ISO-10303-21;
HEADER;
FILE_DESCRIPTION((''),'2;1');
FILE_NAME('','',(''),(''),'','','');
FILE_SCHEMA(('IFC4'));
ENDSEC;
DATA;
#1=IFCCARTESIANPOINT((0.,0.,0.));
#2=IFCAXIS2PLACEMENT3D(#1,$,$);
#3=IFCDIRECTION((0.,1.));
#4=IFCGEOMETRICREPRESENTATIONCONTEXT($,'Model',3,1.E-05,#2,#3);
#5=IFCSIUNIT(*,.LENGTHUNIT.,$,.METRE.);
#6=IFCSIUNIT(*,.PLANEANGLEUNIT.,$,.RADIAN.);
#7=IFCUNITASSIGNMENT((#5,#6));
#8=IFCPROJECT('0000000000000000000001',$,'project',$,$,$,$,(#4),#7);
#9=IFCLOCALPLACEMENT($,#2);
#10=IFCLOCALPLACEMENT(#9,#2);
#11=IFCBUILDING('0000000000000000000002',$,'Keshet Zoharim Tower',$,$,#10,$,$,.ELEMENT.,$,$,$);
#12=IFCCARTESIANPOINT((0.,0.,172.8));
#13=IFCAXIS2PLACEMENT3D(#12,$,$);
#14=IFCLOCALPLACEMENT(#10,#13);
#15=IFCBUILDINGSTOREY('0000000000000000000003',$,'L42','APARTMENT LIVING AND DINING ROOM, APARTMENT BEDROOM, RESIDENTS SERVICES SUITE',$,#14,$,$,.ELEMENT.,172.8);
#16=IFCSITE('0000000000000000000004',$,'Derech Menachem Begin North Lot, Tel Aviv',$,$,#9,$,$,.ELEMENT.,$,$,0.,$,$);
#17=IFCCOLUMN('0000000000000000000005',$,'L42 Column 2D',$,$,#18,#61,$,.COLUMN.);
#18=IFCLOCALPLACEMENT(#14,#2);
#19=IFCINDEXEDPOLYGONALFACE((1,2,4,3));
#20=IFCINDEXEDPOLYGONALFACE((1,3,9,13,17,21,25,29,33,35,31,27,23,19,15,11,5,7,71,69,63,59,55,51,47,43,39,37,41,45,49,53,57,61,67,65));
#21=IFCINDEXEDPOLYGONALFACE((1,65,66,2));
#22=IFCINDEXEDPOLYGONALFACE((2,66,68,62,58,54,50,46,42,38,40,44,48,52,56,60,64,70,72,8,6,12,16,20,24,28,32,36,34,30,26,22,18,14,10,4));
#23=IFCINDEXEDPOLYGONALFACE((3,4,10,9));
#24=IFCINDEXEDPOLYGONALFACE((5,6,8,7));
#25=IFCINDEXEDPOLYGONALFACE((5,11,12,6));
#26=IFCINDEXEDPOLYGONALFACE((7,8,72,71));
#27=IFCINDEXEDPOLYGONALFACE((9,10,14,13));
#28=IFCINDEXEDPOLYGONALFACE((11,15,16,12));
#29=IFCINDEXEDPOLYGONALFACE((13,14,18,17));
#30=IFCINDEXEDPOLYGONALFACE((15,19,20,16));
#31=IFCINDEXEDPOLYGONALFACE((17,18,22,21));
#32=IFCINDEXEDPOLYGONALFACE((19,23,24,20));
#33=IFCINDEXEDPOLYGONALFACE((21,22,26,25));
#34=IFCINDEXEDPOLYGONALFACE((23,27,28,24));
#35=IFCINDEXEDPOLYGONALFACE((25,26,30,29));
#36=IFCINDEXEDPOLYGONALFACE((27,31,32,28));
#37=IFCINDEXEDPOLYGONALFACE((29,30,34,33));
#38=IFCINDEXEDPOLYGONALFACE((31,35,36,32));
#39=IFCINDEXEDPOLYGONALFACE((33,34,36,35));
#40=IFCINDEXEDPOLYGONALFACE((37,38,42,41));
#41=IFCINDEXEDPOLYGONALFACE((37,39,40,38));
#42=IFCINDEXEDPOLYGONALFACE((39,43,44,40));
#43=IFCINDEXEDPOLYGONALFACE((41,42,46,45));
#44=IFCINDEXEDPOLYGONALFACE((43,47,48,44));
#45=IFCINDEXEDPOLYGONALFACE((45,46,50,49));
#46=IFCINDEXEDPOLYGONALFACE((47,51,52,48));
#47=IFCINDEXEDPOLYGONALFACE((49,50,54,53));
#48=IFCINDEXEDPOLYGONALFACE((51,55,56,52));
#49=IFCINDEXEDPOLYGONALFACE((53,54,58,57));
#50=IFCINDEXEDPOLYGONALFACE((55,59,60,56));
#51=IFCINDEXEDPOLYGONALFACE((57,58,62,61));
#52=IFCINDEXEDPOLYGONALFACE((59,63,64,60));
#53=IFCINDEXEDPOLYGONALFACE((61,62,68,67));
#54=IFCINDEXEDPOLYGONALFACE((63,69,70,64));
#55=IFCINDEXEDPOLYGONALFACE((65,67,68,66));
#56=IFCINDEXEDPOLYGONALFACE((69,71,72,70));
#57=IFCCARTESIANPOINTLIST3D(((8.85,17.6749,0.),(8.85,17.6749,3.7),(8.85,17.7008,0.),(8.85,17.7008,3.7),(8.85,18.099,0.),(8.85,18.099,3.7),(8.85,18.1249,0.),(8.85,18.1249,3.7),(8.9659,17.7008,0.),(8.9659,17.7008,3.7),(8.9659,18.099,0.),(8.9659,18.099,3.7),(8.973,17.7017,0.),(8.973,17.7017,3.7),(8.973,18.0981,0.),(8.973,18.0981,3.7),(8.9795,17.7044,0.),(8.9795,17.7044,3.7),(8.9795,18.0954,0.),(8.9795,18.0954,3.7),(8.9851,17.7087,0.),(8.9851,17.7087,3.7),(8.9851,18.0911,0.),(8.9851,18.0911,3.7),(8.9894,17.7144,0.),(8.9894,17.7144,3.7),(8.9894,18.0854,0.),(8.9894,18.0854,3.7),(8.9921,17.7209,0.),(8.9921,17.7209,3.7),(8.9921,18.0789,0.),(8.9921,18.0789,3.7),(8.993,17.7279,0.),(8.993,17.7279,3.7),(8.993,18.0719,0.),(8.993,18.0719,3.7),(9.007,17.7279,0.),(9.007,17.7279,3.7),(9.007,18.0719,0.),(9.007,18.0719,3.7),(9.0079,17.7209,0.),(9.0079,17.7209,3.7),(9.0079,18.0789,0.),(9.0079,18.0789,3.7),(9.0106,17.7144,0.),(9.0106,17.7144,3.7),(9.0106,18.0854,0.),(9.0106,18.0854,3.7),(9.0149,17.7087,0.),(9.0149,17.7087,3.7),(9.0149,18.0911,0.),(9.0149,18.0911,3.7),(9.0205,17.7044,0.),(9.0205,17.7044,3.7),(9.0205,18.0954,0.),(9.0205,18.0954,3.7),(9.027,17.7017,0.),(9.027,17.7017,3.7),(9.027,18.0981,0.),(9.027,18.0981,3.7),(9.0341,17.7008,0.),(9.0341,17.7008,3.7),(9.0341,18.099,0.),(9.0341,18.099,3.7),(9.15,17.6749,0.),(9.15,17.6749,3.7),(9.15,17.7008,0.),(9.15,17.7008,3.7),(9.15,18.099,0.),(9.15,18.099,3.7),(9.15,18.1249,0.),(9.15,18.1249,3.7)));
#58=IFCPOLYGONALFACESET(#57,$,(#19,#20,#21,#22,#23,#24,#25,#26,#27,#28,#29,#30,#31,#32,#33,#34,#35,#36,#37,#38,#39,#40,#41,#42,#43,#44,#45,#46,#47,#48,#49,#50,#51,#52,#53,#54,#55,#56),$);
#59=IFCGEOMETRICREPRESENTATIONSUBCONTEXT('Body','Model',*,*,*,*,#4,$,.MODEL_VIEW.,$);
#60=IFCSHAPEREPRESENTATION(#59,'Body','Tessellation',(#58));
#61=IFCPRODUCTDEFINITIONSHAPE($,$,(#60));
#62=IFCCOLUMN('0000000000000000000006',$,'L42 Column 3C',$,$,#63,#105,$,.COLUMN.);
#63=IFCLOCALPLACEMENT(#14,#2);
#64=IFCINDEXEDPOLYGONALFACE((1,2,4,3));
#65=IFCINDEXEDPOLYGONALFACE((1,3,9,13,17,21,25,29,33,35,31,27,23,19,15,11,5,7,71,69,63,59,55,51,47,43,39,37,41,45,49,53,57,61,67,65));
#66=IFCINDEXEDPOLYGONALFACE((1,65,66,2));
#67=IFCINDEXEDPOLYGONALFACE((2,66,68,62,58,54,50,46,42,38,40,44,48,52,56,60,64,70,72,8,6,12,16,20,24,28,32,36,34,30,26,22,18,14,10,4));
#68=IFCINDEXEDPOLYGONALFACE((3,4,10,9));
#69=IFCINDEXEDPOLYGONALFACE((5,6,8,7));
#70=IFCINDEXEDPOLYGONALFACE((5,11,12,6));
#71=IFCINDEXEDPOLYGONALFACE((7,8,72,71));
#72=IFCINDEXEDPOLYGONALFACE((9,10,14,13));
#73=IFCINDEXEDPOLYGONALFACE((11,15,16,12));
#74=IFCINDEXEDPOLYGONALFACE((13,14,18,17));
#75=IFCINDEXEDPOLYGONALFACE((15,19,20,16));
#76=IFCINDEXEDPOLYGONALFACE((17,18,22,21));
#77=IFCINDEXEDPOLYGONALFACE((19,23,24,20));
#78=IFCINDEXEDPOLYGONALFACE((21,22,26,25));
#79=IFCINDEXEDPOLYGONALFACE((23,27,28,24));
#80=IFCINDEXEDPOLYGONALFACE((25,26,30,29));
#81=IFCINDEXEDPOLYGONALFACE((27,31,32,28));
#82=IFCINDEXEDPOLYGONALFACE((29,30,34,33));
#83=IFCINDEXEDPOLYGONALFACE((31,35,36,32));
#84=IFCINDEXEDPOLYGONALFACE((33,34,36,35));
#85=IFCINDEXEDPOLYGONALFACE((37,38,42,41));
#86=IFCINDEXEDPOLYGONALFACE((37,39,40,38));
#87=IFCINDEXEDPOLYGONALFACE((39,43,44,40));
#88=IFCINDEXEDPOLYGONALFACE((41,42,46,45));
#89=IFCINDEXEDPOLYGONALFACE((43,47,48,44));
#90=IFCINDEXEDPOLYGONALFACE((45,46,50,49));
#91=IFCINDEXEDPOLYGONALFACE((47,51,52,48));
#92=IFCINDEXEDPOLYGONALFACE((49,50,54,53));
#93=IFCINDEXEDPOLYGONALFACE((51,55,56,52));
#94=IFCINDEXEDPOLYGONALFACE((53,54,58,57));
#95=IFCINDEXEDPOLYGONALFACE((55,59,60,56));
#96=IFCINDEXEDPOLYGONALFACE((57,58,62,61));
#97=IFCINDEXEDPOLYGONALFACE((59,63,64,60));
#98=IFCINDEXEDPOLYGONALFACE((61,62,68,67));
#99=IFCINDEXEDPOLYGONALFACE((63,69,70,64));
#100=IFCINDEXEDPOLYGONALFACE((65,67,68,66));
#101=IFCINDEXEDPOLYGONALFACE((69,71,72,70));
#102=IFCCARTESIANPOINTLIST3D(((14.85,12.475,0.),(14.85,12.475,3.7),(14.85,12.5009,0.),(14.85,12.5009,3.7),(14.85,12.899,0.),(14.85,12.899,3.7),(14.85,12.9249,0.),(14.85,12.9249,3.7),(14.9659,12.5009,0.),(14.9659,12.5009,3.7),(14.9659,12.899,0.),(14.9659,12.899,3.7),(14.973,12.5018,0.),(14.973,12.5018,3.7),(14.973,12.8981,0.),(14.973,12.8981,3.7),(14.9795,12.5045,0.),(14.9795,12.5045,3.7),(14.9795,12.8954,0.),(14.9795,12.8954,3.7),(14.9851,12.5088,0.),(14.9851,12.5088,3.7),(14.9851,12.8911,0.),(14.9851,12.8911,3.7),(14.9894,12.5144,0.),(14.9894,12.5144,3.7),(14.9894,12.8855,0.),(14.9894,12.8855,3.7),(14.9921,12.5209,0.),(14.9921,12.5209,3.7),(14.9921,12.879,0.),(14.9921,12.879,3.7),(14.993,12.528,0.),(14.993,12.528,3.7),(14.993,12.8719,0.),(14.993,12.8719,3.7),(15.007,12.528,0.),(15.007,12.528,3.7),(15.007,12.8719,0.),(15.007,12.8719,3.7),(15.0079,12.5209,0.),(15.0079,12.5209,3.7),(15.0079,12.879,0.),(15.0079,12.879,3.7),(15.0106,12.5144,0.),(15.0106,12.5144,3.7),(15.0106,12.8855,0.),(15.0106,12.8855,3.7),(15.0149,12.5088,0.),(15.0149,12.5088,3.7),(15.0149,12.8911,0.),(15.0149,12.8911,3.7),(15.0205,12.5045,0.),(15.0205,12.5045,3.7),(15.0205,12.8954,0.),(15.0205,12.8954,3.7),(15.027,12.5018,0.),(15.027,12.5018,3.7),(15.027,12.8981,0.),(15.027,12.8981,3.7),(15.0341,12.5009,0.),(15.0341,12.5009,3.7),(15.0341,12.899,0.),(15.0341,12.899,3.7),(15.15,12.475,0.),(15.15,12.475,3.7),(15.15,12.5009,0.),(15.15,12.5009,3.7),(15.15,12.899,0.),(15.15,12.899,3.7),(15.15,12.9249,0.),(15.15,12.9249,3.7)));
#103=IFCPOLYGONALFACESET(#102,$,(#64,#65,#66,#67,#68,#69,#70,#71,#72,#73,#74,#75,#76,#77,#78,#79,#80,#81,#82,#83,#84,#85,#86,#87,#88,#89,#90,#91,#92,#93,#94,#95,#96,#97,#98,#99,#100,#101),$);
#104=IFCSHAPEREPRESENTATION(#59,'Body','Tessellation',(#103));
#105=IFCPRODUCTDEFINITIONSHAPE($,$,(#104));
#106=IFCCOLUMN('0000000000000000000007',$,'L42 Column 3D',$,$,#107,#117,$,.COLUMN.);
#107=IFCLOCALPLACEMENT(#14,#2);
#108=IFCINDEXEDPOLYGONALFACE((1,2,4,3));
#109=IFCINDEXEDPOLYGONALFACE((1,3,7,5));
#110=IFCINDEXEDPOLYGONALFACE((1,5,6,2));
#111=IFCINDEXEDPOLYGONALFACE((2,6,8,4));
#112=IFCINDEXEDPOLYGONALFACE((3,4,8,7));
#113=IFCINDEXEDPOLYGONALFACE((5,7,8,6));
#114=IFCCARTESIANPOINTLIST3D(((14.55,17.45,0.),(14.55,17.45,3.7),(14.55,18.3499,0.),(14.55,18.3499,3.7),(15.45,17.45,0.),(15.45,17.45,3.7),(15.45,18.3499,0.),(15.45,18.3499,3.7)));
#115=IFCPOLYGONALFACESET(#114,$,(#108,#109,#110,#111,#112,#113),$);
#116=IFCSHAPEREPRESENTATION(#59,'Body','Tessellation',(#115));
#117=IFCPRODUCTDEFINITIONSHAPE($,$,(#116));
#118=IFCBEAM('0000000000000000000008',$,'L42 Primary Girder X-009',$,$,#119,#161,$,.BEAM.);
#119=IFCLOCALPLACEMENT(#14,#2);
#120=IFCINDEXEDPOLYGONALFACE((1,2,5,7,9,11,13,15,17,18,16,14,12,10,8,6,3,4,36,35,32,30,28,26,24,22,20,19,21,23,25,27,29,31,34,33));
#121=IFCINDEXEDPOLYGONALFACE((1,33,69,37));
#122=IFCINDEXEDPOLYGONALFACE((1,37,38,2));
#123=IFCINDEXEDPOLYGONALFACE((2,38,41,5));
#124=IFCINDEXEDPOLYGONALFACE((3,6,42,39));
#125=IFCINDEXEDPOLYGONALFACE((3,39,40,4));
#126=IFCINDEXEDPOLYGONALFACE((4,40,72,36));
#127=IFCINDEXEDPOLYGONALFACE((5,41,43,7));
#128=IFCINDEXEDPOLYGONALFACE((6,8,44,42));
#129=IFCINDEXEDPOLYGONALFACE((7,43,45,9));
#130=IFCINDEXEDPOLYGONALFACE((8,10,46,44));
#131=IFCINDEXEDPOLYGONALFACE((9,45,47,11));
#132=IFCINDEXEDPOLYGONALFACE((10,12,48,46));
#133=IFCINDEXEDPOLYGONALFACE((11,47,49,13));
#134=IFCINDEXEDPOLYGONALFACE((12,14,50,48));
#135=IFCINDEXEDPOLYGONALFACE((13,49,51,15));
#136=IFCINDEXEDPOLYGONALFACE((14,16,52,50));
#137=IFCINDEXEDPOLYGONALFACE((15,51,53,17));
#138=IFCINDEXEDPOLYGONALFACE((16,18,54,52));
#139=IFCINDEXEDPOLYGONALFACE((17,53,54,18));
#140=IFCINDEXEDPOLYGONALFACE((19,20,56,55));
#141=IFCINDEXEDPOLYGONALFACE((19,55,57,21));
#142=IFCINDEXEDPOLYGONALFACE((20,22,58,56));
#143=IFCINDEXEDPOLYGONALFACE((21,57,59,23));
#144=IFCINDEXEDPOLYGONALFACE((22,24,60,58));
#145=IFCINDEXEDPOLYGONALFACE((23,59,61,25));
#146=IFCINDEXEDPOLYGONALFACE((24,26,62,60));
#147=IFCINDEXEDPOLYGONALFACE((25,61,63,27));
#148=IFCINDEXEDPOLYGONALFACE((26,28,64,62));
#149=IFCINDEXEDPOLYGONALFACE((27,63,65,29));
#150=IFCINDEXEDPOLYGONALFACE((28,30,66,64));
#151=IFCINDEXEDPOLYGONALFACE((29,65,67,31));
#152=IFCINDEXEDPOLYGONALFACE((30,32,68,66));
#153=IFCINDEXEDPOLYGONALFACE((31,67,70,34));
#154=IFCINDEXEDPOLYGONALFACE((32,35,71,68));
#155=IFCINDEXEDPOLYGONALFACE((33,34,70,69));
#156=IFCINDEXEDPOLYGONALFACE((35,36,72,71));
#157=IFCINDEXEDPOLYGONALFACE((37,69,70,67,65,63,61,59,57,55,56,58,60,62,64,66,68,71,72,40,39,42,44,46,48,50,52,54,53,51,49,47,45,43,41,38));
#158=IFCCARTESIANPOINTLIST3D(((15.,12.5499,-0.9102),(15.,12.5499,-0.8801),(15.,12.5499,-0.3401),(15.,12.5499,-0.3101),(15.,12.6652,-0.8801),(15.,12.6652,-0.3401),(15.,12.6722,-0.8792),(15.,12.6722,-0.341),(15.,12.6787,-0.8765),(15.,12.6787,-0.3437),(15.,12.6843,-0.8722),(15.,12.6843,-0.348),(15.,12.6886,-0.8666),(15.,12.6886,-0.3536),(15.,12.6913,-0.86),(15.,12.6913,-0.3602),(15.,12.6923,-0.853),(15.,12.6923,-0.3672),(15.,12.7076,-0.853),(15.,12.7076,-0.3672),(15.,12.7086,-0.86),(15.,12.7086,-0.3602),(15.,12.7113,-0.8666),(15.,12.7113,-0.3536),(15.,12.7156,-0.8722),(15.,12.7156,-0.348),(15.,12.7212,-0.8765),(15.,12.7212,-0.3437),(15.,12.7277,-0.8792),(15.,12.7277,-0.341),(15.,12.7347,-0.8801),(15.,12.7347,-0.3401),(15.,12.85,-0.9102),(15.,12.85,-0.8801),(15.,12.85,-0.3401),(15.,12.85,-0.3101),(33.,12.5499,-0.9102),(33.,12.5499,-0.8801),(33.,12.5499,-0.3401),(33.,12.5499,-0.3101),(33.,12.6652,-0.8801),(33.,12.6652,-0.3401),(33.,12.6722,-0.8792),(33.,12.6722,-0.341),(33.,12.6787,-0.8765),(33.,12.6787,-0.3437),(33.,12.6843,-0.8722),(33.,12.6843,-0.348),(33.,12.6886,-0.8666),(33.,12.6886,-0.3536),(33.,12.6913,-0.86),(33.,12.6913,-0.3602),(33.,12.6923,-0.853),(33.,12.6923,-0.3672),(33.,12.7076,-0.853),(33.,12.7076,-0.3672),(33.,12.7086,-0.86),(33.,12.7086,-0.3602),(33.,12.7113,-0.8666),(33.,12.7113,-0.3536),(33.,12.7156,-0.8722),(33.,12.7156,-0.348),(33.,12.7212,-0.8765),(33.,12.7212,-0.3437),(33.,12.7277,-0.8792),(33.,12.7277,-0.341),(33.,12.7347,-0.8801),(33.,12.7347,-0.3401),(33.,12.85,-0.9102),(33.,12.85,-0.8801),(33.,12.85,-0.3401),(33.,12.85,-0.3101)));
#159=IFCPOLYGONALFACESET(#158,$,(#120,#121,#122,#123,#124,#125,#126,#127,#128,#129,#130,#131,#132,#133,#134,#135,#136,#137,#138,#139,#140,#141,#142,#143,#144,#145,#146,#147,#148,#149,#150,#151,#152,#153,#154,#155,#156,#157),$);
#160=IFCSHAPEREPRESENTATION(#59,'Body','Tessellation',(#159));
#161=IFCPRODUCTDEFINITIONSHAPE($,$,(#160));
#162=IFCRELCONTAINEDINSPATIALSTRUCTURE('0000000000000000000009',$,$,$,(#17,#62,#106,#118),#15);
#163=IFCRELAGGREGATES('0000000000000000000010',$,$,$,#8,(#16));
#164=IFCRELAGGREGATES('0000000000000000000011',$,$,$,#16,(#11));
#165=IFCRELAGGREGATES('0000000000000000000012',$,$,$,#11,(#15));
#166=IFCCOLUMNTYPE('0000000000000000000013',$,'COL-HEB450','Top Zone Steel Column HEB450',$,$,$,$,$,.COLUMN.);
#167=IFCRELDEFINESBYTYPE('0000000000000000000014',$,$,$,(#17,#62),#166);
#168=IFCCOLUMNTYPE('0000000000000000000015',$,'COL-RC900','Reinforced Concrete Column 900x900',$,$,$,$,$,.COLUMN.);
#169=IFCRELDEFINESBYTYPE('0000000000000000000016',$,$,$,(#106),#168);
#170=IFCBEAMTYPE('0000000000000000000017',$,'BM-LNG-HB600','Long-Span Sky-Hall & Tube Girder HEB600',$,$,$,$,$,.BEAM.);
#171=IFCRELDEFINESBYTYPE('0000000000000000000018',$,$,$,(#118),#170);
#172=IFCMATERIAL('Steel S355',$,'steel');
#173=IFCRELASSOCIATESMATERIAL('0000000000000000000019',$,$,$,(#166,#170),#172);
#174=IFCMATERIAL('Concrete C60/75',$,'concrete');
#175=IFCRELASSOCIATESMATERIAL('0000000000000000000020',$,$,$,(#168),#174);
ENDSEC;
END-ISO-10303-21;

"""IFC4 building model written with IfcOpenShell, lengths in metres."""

from ifc_helpers import new_model, si_unit, direction, frame, origin, origin_2d, place, context, subcontext, project, spatial, rectangle, i_section, extrude, material, material_profile, profile_set, type_object, element, save


model = new_model("IFC4")

# Units and contexts
model_context = context("Model", 3, precision=1e-05, world=origin(), true_north=direction((0.0, 1.0)))
body_context = subcontext(model_context, "Body", "Model", "MODEL_VIEW")
ifc_project = project(units=[si_unit("LENGTHUNIT", "METRE"), si_unit("PLANEANGLEUNIT", "RADIAN")], contexts=[model_context])

# Site, building, storey
site_placement = place(None, origin())
site = spatial("IfcSite", under=ifc_project, at=site_placement, Name="Derech Menachem Begin North Lot, Tel Aviv", CompositionType="ELEMENT", RefElevation=0.0)
building_placement = place(site_placement, origin())
building = spatial("IfcBuilding", under=site, at=building_placement, Name="Keshet Zoharim Tower", CompositionType="ELEMENT")
storey_placement = place(building_placement, frame((0.0, 0.0, 172.8)))
storey = spatial("IfcBuildingStorey", under=building, at=storey_placement, Name="L42", Description="APARTMENT LIVING AND DINING ROOM, APARTMENT BEDROOM, RESIDENTS SERVICES SUITE", CompositionType="ELEMENT", Elevation=172.8)

# Columns
ifc_material_1 = material(Name="Steel S355", Category="steel")
ifc_material_profile_1 = material_profile(ifc_material_1, i_section(OverallWidth=0.3, OverallDepth=0.45, WebThickness=0.0139, FlangeThickness=0.0259, FilletRadius=0.0271, at=origin_2d()), Name="HEB450")
ifc_profile_set_1 = profile_set([ifc_material_profile_1], Name="Steel S355")
column_type_1 = type_object("IfcColumnType", Name="COL-HEB450", Description="Top Zone Steel Column HEB450", PredefinedType="COLUMN", material=ifc_profile_set_1)
for number, where, z_axis, x_axis, name in (
    (1, (9.0, 17.8999, 0.0), (0.0, 0.0, 1.0), (1.0, 0.0, 0.0), "L42 Column 2D"),
    (2, (15.0, 12.7, 0.0), (0.0, 0.0, 1.0), (1.0, 0.0, 0.0), "L42 Column 3C"),
):
    element("IfcColumn", number, at=place(storey_placement, frame(where, z_axis=z_axis, x_axis=x_axis)), inside=storey, type_object=column_type_1, Name=name, PredefinedType="COLUMN", context=body_context, shape_type="SweptSolid", body=[
        extrude(i_section(OverallWidth=0.3, OverallDepth=0.45, WebThickness=0.0139, FlangeThickness=0.0259, FilletRadius=0.0271, at=origin_2d()), origin(), (0.0, 0.0, 1.0), 3.7),
    ])
ifc_material_2 = material(Name="Concrete C60/75", Category="concrete")
ifc_material_profile_2 = material_profile(ifc_material_2, rectangle(XDim=0.8999, YDim=0.8999, at=origin_2d()), Name="RC900x900")
ifc_profile_set_2 = profile_set([ifc_material_profile_2], Name="Concrete C60/75")
column_type_2 = type_object("IfcColumnType", Name="COL-RC900", Description="Reinforced Concrete Column 900x900", PredefinedType="COLUMN", material=ifc_profile_set_2)
column_placement = place(storey_placement, frame((15.0, 17.8999, 0.0), z_axis=(0.0, 0.0, 1.0), x_axis=(1.0, 0.0, 0.0)))
element("IfcColumn", 3, at=column_placement, inside=storey, type_object=column_type_2, Name="L42 Column 3D", PredefinedType="COLUMN", context=body_context, shape_type="SweptSolid", body=[
    extrude(rectangle(XDim=0.8999, YDim=0.8999, at=origin_2d()), origin(), (0.0, 0.0, 1.0), 3.7),
])

# Beam
ifc_material_profile_3 = material_profile(ifc_material_1, i_section(OverallWidth=0.3, OverallDepth=0.6001, WebThickness=0.0154, FlangeThickness=0.03, FilletRadius=0.0271, at=origin_2d()), Name="HEB600")
ifc_profile_set_3 = profile_set([ifc_material_profile_3], Name="Steel S355")
beam_type_1 = type_object("IfcBeamType", Name="BM-LNG-HB600", Description="Long-Span Sky-Hall & Tube Girder HEB600", PredefinedType="BEAM", material=ifc_profile_set_3)
for number, where, z_axis, x_axis, name in (
    (4, (15.0, 12.7, -0.6101), (1.0, 0.0, 0.0), (0.0, 1.0, 0.0), "L42 Primary Girder X-009"),
):
    element("IfcBeam", number, at=place(storey_placement, frame(where, z_axis=z_axis, x_axis=x_axis)), inside=storey, type_object=beam_type_1, Name=name, PredefinedType="BEAM", context=body_context, shape_type="SweptSolid", body=[
        extrude(i_section(OverallWidth=0.3, OverallDepth=0.6001, WebThickness=0.0154, FlangeThickness=0.03, FilletRadius=0.0271, at=origin_2d()), origin(), (0.0, 0.0, 1.0), 18.0),
    ])

save(model, "model.ifc")
